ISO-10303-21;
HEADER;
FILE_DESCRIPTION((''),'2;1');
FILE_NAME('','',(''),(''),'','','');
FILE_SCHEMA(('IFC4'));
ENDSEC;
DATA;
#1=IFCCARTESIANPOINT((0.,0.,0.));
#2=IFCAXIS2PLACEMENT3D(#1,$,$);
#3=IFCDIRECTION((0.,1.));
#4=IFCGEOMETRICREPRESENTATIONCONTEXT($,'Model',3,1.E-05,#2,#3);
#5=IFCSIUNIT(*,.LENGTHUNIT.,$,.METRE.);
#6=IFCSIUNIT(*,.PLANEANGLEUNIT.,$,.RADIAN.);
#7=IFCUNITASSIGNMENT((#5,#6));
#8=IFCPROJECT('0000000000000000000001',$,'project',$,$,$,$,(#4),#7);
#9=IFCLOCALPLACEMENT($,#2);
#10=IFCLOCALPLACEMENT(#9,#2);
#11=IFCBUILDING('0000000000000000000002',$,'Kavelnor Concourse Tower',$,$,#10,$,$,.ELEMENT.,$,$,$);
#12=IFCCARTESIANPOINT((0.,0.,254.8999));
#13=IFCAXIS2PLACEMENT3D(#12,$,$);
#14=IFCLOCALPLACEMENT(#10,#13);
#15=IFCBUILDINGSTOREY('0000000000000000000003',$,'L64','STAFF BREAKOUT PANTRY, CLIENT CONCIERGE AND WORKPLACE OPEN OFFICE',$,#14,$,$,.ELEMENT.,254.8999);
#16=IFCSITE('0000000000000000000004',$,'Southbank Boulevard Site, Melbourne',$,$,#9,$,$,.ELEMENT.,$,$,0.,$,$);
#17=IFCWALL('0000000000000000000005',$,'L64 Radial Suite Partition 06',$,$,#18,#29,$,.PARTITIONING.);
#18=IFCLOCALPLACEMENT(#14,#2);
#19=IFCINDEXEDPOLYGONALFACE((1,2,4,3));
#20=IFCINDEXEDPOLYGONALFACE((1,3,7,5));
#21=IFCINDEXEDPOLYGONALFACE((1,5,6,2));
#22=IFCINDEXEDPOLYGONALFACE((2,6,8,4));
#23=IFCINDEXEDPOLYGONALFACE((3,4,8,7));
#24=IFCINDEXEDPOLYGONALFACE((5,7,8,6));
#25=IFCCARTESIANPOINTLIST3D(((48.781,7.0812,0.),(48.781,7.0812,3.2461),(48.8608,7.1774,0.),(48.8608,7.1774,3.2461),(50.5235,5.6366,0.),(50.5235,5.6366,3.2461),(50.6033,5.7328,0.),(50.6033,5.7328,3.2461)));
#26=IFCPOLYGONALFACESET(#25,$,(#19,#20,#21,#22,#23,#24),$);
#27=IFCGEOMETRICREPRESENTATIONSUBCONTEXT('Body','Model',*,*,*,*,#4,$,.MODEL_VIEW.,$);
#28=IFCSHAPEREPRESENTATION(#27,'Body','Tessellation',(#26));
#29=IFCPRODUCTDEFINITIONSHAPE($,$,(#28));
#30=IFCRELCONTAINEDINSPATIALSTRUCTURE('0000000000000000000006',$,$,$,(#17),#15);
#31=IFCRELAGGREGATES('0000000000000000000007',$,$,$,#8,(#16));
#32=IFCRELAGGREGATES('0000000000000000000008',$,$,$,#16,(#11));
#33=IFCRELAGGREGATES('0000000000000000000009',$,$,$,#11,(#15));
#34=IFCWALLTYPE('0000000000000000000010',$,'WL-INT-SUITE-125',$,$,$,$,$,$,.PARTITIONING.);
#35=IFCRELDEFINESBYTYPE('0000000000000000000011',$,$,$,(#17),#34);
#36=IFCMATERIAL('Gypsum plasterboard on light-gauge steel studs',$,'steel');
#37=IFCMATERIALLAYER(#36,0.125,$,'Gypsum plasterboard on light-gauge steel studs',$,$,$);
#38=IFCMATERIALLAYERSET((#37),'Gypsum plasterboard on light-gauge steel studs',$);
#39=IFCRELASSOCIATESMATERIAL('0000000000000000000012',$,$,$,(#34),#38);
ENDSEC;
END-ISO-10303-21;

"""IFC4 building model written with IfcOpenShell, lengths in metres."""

from ifc_helpers import new_model, si_unit, direction, frame, frame_2d, origin, place, context, subcontext, project, spatial, rectangle, extrude, material, layer, layer_set, type_object, element, save


model = new_model("IFC4")

# Units and contexts
model_context = context("Model", 3, precision=1e-05, world=origin(), true_north=direction((0.0, 1.0)))
body_context = subcontext(model_context, "Body", "Model", "MODEL_VIEW")
ifc_project = project(units=[si_unit("LENGTHUNIT", "METRE"), si_unit("PLANEANGLEUNIT", "RADIAN")], contexts=[model_context])

# Site, building, storey
site_placement = place(None, origin())
site = spatial("IfcSite", under=ifc_project, at=site_placement, Name="Southbank Boulevard Site, Melbourne", CompositionType="ELEMENT", RefElevation=0.0)
building_placement = place(site_placement, origin())
building = spatial("IfcBuilding", under=site, at=building_placement, Name="Kavelnor Concourse Tower", CompositionType="ELEMENT")
storey_placement = place(building_placement, frame((0.0, 0.0, 254.8999)))
storey = spatial("IfcBuildingStorey", under=building, at=storey_placement, Name="L64", Description="STAFF BREAKOUT PANTRY, CLIENT CONCIERGE AND WORKPLACE OPEN OFFICE", CompositionType="ELEMENT", Elevation=254.8999)

# Shared definitions
ifc_material_1 = material(Name="Gypsum plasterboard on light-gauge steel studs", Category="steel")

# Wall
ifc_layer_1 = layer(ifc_material_1, 0.125, Name="Gypsum plasterboard on light-gauge steel studs")
ifc_layer_set_1 = layer_set([ifc_layer_1], Name="Gypsum plasterboard on light-gauge steel studs")
wall_type_1 = type_object("IfcWallType", Name="WL-INT-SUITE-125", PredefinedType="PARTITIONING", material=ifc_layer_set_1)
wall_1_placement = place(storey_placement, frame((48.8208, 7.1294, 0.0), z_axis=(0.0, 0.0, 1.0), x_axis=(0.769837, -0.638241, 0.0)))
element("IfcWall", 1, at=wall_1_placement, inside=storey, type_object=wall_type_1, Name="L64 Radial Suite Partition 06", PredefinedType="PARTITIONING", context=body_context, shape_type="SweptSolid", body=[
    extrude(rectangle(XDim=2.2634, YDim=0.125, at=frame_2d((1.1318, 0.0))), origin(), (0.0, 0.0, 1.0), 3.2461),
])

save(model, "model.ifc")
